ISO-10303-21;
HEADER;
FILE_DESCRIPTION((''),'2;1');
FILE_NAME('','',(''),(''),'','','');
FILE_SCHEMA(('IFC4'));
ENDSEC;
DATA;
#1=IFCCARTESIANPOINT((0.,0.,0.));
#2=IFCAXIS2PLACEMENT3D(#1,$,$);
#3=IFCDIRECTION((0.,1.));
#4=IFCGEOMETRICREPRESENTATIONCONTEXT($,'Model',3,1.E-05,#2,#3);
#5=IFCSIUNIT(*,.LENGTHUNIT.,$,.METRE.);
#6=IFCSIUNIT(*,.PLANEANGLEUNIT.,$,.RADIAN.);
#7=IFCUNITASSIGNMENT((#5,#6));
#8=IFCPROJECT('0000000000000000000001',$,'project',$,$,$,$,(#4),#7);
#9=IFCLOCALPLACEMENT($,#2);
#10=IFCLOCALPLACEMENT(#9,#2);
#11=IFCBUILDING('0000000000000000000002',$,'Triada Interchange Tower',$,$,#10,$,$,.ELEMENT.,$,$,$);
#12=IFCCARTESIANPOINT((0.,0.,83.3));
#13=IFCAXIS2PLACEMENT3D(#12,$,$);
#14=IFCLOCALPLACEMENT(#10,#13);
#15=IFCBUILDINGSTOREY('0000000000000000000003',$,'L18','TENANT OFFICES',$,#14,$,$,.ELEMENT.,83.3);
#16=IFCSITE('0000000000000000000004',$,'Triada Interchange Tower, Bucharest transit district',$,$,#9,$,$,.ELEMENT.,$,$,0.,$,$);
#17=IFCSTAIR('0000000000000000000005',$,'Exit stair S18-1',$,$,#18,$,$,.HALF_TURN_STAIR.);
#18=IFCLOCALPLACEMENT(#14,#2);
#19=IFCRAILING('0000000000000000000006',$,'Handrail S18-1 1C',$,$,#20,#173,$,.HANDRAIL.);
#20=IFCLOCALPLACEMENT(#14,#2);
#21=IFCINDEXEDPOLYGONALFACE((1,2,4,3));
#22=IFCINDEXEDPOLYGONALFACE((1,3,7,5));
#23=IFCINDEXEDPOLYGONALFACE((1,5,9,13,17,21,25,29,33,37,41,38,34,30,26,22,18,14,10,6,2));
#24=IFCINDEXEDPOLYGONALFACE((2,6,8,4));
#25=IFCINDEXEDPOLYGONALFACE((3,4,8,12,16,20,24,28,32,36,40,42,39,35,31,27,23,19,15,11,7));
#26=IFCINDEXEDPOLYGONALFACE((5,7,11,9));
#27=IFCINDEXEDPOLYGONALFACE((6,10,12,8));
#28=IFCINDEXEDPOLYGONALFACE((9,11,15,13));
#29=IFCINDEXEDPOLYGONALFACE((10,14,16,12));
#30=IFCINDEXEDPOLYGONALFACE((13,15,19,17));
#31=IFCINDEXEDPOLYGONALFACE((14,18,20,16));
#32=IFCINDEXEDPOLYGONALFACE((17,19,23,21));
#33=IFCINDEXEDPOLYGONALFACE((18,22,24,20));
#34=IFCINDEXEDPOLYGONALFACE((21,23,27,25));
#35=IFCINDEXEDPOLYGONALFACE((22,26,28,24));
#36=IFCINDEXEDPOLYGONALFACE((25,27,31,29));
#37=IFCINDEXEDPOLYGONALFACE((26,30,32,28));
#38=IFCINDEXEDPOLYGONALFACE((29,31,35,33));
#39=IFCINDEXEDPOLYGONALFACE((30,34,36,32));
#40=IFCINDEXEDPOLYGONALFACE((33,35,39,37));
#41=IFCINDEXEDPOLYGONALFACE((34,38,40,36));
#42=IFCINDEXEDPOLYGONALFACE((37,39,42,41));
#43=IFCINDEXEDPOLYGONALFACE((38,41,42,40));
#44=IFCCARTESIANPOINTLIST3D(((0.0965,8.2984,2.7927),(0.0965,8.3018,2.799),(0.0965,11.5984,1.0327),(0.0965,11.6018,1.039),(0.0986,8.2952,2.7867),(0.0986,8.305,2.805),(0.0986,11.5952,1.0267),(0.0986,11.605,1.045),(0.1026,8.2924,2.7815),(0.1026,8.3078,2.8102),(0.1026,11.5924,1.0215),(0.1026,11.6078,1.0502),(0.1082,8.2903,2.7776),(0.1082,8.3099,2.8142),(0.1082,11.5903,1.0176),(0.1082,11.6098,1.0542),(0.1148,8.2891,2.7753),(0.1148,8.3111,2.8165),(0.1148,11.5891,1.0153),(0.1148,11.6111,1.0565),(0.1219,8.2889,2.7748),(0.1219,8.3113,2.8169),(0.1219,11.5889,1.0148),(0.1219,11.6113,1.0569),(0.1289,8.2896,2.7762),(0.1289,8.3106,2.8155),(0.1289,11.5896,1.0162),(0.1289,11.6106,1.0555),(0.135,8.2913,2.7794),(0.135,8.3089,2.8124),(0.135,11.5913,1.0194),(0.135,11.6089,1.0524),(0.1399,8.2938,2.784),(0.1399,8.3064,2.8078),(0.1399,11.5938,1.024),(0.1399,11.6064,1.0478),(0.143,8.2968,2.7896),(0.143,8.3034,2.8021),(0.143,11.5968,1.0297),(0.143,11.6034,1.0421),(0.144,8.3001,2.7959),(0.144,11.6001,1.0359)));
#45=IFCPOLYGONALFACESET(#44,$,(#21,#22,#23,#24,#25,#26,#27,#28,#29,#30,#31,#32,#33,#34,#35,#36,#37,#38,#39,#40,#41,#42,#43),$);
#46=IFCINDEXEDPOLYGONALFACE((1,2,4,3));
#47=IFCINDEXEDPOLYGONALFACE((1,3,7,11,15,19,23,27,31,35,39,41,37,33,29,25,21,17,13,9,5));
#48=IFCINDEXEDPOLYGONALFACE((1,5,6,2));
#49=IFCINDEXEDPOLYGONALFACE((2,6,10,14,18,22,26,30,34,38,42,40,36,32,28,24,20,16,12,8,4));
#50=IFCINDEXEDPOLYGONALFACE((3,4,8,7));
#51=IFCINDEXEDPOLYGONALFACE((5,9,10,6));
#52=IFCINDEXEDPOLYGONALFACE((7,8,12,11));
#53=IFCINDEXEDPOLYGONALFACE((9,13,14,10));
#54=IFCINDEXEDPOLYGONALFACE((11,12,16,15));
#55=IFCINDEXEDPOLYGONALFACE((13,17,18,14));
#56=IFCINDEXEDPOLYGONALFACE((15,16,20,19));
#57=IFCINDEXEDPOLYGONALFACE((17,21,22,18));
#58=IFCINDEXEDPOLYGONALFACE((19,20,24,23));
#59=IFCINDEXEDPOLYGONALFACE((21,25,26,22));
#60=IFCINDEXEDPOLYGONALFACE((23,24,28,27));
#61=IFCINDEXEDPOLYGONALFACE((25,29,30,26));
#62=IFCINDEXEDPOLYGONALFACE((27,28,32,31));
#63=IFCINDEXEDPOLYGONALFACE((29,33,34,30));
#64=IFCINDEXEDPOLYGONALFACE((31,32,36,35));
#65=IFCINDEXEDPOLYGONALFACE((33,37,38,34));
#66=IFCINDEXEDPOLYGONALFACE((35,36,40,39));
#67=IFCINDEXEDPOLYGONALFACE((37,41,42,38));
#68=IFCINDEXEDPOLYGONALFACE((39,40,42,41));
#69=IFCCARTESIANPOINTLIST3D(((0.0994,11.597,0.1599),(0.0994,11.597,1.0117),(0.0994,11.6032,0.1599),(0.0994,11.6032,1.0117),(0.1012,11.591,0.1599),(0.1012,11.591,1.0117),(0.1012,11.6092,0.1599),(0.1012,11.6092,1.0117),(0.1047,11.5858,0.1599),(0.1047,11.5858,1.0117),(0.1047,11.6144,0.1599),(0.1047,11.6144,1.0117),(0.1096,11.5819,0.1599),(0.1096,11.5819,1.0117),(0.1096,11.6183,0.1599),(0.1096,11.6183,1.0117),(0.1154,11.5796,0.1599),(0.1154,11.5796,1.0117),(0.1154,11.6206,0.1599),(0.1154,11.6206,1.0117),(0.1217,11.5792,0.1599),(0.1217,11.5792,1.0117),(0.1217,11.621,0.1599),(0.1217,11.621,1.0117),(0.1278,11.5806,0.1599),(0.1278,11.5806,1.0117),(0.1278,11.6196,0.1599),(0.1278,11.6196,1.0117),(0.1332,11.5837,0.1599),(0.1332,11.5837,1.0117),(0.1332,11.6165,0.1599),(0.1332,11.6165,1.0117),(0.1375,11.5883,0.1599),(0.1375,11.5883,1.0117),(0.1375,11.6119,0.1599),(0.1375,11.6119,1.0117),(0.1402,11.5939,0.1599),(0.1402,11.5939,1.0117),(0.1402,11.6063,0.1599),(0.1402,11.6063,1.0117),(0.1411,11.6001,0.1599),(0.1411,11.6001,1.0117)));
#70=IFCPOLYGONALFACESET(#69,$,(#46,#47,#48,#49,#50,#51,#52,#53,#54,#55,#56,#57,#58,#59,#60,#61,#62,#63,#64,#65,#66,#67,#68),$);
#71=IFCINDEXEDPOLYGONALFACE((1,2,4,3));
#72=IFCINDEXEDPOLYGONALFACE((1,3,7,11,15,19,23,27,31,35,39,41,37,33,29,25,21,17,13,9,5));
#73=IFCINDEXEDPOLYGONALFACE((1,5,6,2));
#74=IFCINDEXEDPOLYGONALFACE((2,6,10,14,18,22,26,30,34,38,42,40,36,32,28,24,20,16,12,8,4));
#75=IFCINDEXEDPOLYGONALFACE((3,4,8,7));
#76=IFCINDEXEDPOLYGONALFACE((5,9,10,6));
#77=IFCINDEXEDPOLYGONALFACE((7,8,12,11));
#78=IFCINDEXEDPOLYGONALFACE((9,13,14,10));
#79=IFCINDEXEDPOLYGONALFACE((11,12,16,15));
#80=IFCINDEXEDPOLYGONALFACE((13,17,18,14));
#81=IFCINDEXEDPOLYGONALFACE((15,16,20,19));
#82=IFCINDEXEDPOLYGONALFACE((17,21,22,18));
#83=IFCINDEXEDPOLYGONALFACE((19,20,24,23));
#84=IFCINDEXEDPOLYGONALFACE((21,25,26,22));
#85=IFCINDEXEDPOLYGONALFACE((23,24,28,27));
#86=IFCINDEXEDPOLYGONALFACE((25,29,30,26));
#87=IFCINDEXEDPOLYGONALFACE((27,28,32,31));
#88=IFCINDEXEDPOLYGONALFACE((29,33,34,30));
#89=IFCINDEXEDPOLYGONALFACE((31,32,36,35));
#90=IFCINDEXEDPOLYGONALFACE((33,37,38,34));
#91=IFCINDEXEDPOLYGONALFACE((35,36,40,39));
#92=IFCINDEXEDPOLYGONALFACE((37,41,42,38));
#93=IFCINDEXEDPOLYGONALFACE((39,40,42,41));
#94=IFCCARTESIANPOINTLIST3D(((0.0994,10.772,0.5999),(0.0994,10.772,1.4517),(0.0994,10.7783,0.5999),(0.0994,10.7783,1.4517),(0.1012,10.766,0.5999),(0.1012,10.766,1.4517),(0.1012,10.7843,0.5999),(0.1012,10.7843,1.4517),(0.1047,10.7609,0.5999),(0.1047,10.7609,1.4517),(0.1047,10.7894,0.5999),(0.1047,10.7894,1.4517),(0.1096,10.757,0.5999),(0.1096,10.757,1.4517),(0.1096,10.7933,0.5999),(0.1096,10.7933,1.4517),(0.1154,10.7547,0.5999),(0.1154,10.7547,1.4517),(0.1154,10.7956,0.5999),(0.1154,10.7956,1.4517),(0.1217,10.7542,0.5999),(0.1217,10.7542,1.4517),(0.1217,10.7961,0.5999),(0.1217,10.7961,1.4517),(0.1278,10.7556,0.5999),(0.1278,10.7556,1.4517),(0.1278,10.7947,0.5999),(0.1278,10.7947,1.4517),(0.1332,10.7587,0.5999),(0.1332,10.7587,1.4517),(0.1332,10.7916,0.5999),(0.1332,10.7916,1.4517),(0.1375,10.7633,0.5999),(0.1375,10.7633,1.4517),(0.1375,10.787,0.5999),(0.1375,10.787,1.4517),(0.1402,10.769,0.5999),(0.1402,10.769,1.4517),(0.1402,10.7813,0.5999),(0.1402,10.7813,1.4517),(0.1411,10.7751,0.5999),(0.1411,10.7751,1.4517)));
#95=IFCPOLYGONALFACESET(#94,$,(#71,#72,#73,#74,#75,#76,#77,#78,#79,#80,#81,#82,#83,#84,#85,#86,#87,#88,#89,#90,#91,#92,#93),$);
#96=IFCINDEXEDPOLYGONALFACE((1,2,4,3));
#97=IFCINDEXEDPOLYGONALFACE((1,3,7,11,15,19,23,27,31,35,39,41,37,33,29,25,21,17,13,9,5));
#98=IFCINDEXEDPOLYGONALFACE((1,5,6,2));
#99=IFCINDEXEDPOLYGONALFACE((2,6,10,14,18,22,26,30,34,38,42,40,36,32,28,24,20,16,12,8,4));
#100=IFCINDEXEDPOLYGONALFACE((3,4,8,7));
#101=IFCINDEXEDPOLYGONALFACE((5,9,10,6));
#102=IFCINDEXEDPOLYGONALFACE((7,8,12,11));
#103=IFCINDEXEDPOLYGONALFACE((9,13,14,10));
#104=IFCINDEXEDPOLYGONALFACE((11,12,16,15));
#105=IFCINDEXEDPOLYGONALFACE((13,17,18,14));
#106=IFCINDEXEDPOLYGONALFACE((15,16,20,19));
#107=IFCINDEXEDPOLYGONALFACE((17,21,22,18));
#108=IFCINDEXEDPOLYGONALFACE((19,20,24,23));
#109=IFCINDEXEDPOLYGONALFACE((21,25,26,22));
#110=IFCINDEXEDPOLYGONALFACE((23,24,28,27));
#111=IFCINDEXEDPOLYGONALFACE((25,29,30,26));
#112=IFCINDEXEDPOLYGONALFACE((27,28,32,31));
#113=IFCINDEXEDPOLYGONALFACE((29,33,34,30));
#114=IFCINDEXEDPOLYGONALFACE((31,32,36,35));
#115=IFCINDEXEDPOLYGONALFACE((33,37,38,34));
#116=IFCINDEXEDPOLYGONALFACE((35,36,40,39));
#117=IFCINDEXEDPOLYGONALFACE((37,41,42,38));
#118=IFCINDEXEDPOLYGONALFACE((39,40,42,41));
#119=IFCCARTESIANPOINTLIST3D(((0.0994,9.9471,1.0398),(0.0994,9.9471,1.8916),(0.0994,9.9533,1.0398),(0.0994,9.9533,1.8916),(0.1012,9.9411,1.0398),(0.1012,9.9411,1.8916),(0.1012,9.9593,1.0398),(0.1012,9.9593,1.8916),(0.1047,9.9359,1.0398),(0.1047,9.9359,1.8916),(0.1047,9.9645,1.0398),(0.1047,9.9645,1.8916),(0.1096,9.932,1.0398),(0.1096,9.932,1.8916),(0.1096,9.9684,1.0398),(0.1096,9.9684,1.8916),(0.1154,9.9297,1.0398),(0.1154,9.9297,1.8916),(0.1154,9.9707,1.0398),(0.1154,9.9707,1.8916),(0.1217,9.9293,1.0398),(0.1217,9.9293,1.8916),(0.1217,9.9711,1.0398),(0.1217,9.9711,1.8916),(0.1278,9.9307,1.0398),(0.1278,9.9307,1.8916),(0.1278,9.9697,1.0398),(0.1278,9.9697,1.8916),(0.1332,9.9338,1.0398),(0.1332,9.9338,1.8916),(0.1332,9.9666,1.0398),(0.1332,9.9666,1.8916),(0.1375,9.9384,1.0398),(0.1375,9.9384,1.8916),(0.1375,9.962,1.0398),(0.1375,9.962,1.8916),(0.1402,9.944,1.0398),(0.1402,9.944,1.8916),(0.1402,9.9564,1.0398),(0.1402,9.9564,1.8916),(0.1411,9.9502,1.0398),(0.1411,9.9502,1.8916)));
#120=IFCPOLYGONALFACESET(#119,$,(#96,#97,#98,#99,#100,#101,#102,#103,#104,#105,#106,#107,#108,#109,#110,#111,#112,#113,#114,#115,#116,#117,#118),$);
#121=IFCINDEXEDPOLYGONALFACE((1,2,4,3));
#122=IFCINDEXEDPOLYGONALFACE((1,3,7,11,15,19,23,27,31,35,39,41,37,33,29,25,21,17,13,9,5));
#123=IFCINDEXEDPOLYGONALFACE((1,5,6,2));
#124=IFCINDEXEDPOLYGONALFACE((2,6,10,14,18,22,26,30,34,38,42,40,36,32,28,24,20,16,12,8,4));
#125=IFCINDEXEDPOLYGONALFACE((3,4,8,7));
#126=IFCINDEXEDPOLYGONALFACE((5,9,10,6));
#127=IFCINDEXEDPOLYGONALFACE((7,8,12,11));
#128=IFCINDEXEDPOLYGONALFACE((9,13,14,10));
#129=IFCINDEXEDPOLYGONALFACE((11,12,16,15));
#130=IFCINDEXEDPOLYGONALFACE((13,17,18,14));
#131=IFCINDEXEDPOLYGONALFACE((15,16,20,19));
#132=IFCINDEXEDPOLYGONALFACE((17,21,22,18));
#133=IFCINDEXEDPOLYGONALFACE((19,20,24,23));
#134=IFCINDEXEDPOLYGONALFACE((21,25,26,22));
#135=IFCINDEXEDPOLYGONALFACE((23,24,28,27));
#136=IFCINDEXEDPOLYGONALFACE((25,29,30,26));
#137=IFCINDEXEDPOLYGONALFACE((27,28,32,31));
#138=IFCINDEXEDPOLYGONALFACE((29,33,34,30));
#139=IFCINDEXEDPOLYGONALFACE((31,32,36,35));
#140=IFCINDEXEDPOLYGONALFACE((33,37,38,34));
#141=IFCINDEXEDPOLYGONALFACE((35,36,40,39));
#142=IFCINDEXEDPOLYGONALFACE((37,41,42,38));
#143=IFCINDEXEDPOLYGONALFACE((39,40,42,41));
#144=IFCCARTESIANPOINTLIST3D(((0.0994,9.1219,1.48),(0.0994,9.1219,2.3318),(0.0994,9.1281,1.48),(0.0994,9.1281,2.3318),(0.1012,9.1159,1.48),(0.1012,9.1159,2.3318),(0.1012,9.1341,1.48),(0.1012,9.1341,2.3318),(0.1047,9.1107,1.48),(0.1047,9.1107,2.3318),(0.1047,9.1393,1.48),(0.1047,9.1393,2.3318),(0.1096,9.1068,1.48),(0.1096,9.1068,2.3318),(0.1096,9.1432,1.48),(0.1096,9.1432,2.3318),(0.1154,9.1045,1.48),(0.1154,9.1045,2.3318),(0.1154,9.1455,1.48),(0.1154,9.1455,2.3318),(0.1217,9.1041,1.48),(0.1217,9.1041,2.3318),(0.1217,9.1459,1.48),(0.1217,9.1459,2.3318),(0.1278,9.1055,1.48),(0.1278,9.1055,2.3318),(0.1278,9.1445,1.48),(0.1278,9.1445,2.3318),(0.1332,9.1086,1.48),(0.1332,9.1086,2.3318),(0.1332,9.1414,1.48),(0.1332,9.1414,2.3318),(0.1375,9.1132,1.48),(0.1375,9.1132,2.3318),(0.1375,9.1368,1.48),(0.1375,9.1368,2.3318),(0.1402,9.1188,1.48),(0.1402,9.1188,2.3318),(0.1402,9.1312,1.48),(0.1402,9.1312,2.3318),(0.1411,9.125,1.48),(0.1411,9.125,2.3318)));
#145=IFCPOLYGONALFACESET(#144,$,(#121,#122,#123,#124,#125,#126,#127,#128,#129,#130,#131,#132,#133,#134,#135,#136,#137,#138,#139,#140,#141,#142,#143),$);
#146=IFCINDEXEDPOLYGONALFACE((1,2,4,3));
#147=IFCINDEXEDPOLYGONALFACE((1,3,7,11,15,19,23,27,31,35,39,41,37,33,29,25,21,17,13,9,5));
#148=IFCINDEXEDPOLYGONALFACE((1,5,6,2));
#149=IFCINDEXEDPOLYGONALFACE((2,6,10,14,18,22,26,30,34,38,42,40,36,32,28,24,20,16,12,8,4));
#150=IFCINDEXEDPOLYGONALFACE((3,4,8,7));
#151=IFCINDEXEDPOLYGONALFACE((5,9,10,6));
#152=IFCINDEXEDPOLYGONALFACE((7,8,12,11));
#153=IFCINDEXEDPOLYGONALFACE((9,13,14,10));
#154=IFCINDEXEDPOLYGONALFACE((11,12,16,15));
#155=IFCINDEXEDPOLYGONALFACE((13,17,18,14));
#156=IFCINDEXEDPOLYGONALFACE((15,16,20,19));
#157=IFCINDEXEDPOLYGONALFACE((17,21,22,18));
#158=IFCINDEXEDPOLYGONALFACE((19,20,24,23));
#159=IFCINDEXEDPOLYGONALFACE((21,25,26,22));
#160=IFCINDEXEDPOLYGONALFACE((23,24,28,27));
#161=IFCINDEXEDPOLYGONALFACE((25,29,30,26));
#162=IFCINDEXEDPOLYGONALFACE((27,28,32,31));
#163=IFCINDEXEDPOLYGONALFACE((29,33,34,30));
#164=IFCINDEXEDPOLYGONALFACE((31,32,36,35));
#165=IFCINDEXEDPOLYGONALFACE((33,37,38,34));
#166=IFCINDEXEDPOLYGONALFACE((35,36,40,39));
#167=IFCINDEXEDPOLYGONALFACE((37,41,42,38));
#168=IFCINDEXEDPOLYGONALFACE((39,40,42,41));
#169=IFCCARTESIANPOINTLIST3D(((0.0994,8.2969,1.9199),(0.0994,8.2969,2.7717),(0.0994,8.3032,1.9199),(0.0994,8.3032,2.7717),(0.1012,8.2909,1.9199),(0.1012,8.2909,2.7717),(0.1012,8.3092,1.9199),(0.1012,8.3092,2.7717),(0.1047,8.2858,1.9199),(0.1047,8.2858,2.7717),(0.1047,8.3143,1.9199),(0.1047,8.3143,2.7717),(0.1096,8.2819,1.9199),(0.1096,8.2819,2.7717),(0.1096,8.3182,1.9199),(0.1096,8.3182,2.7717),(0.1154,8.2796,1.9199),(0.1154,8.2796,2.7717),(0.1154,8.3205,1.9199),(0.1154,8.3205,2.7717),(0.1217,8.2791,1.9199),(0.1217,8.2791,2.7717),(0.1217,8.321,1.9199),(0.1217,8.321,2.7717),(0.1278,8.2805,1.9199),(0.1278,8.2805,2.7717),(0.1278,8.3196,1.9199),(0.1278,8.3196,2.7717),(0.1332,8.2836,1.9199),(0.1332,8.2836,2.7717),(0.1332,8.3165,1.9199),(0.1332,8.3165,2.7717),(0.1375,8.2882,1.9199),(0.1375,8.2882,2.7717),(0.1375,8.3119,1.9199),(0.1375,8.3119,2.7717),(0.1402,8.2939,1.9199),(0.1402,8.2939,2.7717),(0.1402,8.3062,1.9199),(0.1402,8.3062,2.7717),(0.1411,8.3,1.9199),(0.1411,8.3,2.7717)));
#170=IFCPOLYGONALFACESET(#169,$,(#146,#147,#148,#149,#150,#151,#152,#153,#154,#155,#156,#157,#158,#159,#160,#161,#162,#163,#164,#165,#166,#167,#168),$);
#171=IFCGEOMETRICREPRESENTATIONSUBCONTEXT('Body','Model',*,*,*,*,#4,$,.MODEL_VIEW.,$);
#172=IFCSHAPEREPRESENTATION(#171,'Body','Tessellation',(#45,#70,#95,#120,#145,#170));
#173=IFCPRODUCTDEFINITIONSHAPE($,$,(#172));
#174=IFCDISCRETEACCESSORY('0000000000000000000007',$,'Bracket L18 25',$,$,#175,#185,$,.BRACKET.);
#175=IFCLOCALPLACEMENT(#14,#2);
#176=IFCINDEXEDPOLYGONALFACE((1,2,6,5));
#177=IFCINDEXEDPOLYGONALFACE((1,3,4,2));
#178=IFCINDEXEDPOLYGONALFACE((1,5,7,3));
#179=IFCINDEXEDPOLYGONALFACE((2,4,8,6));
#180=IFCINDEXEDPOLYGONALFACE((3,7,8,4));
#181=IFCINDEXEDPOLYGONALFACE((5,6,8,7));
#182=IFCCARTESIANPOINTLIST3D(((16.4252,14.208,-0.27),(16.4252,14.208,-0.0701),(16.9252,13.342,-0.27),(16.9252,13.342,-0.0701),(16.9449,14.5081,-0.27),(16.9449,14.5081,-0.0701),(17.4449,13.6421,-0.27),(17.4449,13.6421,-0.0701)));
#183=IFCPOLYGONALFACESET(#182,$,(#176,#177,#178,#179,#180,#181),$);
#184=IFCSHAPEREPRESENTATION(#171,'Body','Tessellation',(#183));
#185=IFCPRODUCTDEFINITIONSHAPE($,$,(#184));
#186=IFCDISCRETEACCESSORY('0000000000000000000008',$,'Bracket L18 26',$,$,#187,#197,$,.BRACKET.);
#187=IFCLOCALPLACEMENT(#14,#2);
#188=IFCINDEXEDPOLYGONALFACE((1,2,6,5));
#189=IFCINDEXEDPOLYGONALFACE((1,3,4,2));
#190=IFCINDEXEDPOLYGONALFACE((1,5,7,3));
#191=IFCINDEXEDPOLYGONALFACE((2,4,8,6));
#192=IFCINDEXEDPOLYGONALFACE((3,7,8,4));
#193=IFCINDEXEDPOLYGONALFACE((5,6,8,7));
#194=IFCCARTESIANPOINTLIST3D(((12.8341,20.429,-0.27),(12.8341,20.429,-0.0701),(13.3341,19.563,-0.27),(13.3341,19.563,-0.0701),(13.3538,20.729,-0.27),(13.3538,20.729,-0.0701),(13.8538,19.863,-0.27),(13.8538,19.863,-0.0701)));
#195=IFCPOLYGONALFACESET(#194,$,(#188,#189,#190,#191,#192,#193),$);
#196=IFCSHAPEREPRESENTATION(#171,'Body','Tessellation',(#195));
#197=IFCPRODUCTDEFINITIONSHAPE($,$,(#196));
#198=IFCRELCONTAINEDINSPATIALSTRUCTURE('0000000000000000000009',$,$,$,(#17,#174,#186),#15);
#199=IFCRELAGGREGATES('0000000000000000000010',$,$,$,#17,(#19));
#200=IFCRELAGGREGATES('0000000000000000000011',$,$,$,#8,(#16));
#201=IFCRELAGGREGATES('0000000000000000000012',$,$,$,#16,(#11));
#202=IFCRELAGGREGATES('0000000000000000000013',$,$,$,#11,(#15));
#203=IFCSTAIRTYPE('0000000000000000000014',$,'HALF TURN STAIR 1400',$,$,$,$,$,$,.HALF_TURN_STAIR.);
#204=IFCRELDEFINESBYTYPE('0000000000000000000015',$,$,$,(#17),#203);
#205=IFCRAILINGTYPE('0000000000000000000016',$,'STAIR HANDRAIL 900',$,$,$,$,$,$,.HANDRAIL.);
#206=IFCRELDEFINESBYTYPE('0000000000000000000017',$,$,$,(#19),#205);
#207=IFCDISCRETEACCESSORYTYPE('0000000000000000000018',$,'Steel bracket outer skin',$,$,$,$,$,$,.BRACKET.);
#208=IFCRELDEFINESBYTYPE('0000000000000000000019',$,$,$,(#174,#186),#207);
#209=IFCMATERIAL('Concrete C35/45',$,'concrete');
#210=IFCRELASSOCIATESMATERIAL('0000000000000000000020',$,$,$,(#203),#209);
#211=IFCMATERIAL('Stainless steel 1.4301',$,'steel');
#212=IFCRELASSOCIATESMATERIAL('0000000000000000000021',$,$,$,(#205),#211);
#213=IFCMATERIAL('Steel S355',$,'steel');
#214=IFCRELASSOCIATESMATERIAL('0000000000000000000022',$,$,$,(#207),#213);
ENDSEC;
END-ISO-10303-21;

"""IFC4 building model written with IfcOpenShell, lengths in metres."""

from ifc_helpers import new_model, si_unit, direction, frame, origin, origin_2d, place, context, subcontext, project, spatial, rectangle, circle, extrude, material, type_object, element, aggregate, save


model = new_model("IFC4")

# Units and contexts
model_context = context("Model", 3, precision=1e-05, world=origin(), true_north=direction((0.0, 1.0)))
body_context = subcontext(model_context, "Body", "Model", "MODEL_VIEW")
ifc_project = project(units=[si_unit("LENGTHUNIT", "METRE"), si_unit("PLANEANGLEUNIT", "RADIAN")], contexts=[model_context])

# Site, building, storey
site_placement = place(None, origin())
site = spatial("IfcSite", under=ifc_project, at=site_placement, Name="Triada Interchange Tower, Bucharest transit district", CompositionType="ELEMENT", RefElevation=0.0)
building_placement = place(site_placement, origin())
building = spatial("IfcBuilding", under=site, at=building_placement, Name="Triada Interchange Tower", CompositionType="ELEMENT")
storey_placement = place(building_placement, frame((0.0, 0.0, 83.3)))
storey = spatial("IfcBuildingStorey", under=building, at=storey_placement, Name="L18", Description="TENANT OFFICES", CompositionType="ELEMENT", Elevation=83.3)

# Stair
ifc_material_1 = material(Name="Concrete C35/45", Category="concrete")
stair_type = type_object("IfcStairType", Name="HALF TURN STAIR 1400", PredefinedType="HALF_TURN_STAIR", material=ifc_material_1)
stair_placement = place(storey_placement, origin())
stair = element("IfcStair", 1, at=stair_placement, inside=storey, type_object=stair_type, Name="Exit stair S18-1", PredefinedType="HALF_TURN_STAIR")

# Railing
ifc_material_2 = material(Name="Stainless steel 1.4301", Category="steel")
railing_type = type_object("IfcRailingType", Name="STAIR HANDRAIL 900", PredefinedType="HANDRAIL", material=ifc_material_2)
railing_1_placement = place(storey_placement, frame((0.1201, 11.6001, 0.1599)))
railing_1 = element("IfcRailing", 2, at=railing_1_placement, type_object=railing_type, Name="Handrail S18-1 1C", PredefinedType="HANDRAIL", context=body_context, shape_type="SweptSolid", body=[
    extrude(circle(Radius=0.0239, at=origin_2d()), frame((0.0, 0.0, 0.876), z_axis=(0.0, -0.882355, 0.470585), x_axis=(1.0, 0.0, 0.0)), (0.0, 0.0, 1.0), 3.74),
    extrude(circle(Radius=0.021, at=origin_2d()), origin(), (0.0, 0.0, 1.0), 0.8518),
    extrude(circle(Radius=0.021, at=origin_2d()), frame((0.0, -0.825, 0.4399)), (0.0, 0.0, 1.0), 0.8518),
    extrude(circle(Radius=0.021, at=origin_2d()), frame((0.0, -1.6499, 0.8799)), (0.0, 0.0, 1.0), 0.8518),
    extrude(circle(Radius=0.021, at=origin_2d()), frame((0.0, -2.4751, 1.3201)), (0.0, 0.0, 1.0), 0.8518),
    extrude(circle(Radius=0.021, at=origin_2d()), frame((0.0, -3.3, 1.76)), (0.0, 0.0, 1.0), 0.8518),
])
aggregate(stair, [railing_1])

# Discrete accessories
ifc_material_3 = material(Name="Steel S355", Category="steel")
discrete_accessory_type = type_object("IfcDiscreteAccessoryType", Name="Steel bracket outer skin", PredefinedType="BRACKET", material=ifc_material_3)
for number, where, z_axis, x_axis, name in (
    (3, (16.9351, 13.925, -0.27), (0.0, 0.0, 1.0), (0.866025, 0.5, 0.0), "Bracket L18 25"),
    (4, (13.344, 20.146, -0.27), (0.0, 0.0, 1.0), (0.866025, 0.5, 0.0), "Bracket L18 26"),
):
    element("IfcDiscreteAccessory", number, at=place(storey_placement, frame(where, z_axis=z_axis, x_axis=x_axis)), inside=storey, type_object=discrete_accessory_type, Name=name, PredefinedType="BRACKET", context=body_context, shape_type="SweptSolid", body=[
        extrude(rectangle(XDim=0.6001, YDim=1.0, at=origin_2d()), origin(), (0.0, 0.0, 1.0), 0.2),
    ])

save(model, "model.ifc")
